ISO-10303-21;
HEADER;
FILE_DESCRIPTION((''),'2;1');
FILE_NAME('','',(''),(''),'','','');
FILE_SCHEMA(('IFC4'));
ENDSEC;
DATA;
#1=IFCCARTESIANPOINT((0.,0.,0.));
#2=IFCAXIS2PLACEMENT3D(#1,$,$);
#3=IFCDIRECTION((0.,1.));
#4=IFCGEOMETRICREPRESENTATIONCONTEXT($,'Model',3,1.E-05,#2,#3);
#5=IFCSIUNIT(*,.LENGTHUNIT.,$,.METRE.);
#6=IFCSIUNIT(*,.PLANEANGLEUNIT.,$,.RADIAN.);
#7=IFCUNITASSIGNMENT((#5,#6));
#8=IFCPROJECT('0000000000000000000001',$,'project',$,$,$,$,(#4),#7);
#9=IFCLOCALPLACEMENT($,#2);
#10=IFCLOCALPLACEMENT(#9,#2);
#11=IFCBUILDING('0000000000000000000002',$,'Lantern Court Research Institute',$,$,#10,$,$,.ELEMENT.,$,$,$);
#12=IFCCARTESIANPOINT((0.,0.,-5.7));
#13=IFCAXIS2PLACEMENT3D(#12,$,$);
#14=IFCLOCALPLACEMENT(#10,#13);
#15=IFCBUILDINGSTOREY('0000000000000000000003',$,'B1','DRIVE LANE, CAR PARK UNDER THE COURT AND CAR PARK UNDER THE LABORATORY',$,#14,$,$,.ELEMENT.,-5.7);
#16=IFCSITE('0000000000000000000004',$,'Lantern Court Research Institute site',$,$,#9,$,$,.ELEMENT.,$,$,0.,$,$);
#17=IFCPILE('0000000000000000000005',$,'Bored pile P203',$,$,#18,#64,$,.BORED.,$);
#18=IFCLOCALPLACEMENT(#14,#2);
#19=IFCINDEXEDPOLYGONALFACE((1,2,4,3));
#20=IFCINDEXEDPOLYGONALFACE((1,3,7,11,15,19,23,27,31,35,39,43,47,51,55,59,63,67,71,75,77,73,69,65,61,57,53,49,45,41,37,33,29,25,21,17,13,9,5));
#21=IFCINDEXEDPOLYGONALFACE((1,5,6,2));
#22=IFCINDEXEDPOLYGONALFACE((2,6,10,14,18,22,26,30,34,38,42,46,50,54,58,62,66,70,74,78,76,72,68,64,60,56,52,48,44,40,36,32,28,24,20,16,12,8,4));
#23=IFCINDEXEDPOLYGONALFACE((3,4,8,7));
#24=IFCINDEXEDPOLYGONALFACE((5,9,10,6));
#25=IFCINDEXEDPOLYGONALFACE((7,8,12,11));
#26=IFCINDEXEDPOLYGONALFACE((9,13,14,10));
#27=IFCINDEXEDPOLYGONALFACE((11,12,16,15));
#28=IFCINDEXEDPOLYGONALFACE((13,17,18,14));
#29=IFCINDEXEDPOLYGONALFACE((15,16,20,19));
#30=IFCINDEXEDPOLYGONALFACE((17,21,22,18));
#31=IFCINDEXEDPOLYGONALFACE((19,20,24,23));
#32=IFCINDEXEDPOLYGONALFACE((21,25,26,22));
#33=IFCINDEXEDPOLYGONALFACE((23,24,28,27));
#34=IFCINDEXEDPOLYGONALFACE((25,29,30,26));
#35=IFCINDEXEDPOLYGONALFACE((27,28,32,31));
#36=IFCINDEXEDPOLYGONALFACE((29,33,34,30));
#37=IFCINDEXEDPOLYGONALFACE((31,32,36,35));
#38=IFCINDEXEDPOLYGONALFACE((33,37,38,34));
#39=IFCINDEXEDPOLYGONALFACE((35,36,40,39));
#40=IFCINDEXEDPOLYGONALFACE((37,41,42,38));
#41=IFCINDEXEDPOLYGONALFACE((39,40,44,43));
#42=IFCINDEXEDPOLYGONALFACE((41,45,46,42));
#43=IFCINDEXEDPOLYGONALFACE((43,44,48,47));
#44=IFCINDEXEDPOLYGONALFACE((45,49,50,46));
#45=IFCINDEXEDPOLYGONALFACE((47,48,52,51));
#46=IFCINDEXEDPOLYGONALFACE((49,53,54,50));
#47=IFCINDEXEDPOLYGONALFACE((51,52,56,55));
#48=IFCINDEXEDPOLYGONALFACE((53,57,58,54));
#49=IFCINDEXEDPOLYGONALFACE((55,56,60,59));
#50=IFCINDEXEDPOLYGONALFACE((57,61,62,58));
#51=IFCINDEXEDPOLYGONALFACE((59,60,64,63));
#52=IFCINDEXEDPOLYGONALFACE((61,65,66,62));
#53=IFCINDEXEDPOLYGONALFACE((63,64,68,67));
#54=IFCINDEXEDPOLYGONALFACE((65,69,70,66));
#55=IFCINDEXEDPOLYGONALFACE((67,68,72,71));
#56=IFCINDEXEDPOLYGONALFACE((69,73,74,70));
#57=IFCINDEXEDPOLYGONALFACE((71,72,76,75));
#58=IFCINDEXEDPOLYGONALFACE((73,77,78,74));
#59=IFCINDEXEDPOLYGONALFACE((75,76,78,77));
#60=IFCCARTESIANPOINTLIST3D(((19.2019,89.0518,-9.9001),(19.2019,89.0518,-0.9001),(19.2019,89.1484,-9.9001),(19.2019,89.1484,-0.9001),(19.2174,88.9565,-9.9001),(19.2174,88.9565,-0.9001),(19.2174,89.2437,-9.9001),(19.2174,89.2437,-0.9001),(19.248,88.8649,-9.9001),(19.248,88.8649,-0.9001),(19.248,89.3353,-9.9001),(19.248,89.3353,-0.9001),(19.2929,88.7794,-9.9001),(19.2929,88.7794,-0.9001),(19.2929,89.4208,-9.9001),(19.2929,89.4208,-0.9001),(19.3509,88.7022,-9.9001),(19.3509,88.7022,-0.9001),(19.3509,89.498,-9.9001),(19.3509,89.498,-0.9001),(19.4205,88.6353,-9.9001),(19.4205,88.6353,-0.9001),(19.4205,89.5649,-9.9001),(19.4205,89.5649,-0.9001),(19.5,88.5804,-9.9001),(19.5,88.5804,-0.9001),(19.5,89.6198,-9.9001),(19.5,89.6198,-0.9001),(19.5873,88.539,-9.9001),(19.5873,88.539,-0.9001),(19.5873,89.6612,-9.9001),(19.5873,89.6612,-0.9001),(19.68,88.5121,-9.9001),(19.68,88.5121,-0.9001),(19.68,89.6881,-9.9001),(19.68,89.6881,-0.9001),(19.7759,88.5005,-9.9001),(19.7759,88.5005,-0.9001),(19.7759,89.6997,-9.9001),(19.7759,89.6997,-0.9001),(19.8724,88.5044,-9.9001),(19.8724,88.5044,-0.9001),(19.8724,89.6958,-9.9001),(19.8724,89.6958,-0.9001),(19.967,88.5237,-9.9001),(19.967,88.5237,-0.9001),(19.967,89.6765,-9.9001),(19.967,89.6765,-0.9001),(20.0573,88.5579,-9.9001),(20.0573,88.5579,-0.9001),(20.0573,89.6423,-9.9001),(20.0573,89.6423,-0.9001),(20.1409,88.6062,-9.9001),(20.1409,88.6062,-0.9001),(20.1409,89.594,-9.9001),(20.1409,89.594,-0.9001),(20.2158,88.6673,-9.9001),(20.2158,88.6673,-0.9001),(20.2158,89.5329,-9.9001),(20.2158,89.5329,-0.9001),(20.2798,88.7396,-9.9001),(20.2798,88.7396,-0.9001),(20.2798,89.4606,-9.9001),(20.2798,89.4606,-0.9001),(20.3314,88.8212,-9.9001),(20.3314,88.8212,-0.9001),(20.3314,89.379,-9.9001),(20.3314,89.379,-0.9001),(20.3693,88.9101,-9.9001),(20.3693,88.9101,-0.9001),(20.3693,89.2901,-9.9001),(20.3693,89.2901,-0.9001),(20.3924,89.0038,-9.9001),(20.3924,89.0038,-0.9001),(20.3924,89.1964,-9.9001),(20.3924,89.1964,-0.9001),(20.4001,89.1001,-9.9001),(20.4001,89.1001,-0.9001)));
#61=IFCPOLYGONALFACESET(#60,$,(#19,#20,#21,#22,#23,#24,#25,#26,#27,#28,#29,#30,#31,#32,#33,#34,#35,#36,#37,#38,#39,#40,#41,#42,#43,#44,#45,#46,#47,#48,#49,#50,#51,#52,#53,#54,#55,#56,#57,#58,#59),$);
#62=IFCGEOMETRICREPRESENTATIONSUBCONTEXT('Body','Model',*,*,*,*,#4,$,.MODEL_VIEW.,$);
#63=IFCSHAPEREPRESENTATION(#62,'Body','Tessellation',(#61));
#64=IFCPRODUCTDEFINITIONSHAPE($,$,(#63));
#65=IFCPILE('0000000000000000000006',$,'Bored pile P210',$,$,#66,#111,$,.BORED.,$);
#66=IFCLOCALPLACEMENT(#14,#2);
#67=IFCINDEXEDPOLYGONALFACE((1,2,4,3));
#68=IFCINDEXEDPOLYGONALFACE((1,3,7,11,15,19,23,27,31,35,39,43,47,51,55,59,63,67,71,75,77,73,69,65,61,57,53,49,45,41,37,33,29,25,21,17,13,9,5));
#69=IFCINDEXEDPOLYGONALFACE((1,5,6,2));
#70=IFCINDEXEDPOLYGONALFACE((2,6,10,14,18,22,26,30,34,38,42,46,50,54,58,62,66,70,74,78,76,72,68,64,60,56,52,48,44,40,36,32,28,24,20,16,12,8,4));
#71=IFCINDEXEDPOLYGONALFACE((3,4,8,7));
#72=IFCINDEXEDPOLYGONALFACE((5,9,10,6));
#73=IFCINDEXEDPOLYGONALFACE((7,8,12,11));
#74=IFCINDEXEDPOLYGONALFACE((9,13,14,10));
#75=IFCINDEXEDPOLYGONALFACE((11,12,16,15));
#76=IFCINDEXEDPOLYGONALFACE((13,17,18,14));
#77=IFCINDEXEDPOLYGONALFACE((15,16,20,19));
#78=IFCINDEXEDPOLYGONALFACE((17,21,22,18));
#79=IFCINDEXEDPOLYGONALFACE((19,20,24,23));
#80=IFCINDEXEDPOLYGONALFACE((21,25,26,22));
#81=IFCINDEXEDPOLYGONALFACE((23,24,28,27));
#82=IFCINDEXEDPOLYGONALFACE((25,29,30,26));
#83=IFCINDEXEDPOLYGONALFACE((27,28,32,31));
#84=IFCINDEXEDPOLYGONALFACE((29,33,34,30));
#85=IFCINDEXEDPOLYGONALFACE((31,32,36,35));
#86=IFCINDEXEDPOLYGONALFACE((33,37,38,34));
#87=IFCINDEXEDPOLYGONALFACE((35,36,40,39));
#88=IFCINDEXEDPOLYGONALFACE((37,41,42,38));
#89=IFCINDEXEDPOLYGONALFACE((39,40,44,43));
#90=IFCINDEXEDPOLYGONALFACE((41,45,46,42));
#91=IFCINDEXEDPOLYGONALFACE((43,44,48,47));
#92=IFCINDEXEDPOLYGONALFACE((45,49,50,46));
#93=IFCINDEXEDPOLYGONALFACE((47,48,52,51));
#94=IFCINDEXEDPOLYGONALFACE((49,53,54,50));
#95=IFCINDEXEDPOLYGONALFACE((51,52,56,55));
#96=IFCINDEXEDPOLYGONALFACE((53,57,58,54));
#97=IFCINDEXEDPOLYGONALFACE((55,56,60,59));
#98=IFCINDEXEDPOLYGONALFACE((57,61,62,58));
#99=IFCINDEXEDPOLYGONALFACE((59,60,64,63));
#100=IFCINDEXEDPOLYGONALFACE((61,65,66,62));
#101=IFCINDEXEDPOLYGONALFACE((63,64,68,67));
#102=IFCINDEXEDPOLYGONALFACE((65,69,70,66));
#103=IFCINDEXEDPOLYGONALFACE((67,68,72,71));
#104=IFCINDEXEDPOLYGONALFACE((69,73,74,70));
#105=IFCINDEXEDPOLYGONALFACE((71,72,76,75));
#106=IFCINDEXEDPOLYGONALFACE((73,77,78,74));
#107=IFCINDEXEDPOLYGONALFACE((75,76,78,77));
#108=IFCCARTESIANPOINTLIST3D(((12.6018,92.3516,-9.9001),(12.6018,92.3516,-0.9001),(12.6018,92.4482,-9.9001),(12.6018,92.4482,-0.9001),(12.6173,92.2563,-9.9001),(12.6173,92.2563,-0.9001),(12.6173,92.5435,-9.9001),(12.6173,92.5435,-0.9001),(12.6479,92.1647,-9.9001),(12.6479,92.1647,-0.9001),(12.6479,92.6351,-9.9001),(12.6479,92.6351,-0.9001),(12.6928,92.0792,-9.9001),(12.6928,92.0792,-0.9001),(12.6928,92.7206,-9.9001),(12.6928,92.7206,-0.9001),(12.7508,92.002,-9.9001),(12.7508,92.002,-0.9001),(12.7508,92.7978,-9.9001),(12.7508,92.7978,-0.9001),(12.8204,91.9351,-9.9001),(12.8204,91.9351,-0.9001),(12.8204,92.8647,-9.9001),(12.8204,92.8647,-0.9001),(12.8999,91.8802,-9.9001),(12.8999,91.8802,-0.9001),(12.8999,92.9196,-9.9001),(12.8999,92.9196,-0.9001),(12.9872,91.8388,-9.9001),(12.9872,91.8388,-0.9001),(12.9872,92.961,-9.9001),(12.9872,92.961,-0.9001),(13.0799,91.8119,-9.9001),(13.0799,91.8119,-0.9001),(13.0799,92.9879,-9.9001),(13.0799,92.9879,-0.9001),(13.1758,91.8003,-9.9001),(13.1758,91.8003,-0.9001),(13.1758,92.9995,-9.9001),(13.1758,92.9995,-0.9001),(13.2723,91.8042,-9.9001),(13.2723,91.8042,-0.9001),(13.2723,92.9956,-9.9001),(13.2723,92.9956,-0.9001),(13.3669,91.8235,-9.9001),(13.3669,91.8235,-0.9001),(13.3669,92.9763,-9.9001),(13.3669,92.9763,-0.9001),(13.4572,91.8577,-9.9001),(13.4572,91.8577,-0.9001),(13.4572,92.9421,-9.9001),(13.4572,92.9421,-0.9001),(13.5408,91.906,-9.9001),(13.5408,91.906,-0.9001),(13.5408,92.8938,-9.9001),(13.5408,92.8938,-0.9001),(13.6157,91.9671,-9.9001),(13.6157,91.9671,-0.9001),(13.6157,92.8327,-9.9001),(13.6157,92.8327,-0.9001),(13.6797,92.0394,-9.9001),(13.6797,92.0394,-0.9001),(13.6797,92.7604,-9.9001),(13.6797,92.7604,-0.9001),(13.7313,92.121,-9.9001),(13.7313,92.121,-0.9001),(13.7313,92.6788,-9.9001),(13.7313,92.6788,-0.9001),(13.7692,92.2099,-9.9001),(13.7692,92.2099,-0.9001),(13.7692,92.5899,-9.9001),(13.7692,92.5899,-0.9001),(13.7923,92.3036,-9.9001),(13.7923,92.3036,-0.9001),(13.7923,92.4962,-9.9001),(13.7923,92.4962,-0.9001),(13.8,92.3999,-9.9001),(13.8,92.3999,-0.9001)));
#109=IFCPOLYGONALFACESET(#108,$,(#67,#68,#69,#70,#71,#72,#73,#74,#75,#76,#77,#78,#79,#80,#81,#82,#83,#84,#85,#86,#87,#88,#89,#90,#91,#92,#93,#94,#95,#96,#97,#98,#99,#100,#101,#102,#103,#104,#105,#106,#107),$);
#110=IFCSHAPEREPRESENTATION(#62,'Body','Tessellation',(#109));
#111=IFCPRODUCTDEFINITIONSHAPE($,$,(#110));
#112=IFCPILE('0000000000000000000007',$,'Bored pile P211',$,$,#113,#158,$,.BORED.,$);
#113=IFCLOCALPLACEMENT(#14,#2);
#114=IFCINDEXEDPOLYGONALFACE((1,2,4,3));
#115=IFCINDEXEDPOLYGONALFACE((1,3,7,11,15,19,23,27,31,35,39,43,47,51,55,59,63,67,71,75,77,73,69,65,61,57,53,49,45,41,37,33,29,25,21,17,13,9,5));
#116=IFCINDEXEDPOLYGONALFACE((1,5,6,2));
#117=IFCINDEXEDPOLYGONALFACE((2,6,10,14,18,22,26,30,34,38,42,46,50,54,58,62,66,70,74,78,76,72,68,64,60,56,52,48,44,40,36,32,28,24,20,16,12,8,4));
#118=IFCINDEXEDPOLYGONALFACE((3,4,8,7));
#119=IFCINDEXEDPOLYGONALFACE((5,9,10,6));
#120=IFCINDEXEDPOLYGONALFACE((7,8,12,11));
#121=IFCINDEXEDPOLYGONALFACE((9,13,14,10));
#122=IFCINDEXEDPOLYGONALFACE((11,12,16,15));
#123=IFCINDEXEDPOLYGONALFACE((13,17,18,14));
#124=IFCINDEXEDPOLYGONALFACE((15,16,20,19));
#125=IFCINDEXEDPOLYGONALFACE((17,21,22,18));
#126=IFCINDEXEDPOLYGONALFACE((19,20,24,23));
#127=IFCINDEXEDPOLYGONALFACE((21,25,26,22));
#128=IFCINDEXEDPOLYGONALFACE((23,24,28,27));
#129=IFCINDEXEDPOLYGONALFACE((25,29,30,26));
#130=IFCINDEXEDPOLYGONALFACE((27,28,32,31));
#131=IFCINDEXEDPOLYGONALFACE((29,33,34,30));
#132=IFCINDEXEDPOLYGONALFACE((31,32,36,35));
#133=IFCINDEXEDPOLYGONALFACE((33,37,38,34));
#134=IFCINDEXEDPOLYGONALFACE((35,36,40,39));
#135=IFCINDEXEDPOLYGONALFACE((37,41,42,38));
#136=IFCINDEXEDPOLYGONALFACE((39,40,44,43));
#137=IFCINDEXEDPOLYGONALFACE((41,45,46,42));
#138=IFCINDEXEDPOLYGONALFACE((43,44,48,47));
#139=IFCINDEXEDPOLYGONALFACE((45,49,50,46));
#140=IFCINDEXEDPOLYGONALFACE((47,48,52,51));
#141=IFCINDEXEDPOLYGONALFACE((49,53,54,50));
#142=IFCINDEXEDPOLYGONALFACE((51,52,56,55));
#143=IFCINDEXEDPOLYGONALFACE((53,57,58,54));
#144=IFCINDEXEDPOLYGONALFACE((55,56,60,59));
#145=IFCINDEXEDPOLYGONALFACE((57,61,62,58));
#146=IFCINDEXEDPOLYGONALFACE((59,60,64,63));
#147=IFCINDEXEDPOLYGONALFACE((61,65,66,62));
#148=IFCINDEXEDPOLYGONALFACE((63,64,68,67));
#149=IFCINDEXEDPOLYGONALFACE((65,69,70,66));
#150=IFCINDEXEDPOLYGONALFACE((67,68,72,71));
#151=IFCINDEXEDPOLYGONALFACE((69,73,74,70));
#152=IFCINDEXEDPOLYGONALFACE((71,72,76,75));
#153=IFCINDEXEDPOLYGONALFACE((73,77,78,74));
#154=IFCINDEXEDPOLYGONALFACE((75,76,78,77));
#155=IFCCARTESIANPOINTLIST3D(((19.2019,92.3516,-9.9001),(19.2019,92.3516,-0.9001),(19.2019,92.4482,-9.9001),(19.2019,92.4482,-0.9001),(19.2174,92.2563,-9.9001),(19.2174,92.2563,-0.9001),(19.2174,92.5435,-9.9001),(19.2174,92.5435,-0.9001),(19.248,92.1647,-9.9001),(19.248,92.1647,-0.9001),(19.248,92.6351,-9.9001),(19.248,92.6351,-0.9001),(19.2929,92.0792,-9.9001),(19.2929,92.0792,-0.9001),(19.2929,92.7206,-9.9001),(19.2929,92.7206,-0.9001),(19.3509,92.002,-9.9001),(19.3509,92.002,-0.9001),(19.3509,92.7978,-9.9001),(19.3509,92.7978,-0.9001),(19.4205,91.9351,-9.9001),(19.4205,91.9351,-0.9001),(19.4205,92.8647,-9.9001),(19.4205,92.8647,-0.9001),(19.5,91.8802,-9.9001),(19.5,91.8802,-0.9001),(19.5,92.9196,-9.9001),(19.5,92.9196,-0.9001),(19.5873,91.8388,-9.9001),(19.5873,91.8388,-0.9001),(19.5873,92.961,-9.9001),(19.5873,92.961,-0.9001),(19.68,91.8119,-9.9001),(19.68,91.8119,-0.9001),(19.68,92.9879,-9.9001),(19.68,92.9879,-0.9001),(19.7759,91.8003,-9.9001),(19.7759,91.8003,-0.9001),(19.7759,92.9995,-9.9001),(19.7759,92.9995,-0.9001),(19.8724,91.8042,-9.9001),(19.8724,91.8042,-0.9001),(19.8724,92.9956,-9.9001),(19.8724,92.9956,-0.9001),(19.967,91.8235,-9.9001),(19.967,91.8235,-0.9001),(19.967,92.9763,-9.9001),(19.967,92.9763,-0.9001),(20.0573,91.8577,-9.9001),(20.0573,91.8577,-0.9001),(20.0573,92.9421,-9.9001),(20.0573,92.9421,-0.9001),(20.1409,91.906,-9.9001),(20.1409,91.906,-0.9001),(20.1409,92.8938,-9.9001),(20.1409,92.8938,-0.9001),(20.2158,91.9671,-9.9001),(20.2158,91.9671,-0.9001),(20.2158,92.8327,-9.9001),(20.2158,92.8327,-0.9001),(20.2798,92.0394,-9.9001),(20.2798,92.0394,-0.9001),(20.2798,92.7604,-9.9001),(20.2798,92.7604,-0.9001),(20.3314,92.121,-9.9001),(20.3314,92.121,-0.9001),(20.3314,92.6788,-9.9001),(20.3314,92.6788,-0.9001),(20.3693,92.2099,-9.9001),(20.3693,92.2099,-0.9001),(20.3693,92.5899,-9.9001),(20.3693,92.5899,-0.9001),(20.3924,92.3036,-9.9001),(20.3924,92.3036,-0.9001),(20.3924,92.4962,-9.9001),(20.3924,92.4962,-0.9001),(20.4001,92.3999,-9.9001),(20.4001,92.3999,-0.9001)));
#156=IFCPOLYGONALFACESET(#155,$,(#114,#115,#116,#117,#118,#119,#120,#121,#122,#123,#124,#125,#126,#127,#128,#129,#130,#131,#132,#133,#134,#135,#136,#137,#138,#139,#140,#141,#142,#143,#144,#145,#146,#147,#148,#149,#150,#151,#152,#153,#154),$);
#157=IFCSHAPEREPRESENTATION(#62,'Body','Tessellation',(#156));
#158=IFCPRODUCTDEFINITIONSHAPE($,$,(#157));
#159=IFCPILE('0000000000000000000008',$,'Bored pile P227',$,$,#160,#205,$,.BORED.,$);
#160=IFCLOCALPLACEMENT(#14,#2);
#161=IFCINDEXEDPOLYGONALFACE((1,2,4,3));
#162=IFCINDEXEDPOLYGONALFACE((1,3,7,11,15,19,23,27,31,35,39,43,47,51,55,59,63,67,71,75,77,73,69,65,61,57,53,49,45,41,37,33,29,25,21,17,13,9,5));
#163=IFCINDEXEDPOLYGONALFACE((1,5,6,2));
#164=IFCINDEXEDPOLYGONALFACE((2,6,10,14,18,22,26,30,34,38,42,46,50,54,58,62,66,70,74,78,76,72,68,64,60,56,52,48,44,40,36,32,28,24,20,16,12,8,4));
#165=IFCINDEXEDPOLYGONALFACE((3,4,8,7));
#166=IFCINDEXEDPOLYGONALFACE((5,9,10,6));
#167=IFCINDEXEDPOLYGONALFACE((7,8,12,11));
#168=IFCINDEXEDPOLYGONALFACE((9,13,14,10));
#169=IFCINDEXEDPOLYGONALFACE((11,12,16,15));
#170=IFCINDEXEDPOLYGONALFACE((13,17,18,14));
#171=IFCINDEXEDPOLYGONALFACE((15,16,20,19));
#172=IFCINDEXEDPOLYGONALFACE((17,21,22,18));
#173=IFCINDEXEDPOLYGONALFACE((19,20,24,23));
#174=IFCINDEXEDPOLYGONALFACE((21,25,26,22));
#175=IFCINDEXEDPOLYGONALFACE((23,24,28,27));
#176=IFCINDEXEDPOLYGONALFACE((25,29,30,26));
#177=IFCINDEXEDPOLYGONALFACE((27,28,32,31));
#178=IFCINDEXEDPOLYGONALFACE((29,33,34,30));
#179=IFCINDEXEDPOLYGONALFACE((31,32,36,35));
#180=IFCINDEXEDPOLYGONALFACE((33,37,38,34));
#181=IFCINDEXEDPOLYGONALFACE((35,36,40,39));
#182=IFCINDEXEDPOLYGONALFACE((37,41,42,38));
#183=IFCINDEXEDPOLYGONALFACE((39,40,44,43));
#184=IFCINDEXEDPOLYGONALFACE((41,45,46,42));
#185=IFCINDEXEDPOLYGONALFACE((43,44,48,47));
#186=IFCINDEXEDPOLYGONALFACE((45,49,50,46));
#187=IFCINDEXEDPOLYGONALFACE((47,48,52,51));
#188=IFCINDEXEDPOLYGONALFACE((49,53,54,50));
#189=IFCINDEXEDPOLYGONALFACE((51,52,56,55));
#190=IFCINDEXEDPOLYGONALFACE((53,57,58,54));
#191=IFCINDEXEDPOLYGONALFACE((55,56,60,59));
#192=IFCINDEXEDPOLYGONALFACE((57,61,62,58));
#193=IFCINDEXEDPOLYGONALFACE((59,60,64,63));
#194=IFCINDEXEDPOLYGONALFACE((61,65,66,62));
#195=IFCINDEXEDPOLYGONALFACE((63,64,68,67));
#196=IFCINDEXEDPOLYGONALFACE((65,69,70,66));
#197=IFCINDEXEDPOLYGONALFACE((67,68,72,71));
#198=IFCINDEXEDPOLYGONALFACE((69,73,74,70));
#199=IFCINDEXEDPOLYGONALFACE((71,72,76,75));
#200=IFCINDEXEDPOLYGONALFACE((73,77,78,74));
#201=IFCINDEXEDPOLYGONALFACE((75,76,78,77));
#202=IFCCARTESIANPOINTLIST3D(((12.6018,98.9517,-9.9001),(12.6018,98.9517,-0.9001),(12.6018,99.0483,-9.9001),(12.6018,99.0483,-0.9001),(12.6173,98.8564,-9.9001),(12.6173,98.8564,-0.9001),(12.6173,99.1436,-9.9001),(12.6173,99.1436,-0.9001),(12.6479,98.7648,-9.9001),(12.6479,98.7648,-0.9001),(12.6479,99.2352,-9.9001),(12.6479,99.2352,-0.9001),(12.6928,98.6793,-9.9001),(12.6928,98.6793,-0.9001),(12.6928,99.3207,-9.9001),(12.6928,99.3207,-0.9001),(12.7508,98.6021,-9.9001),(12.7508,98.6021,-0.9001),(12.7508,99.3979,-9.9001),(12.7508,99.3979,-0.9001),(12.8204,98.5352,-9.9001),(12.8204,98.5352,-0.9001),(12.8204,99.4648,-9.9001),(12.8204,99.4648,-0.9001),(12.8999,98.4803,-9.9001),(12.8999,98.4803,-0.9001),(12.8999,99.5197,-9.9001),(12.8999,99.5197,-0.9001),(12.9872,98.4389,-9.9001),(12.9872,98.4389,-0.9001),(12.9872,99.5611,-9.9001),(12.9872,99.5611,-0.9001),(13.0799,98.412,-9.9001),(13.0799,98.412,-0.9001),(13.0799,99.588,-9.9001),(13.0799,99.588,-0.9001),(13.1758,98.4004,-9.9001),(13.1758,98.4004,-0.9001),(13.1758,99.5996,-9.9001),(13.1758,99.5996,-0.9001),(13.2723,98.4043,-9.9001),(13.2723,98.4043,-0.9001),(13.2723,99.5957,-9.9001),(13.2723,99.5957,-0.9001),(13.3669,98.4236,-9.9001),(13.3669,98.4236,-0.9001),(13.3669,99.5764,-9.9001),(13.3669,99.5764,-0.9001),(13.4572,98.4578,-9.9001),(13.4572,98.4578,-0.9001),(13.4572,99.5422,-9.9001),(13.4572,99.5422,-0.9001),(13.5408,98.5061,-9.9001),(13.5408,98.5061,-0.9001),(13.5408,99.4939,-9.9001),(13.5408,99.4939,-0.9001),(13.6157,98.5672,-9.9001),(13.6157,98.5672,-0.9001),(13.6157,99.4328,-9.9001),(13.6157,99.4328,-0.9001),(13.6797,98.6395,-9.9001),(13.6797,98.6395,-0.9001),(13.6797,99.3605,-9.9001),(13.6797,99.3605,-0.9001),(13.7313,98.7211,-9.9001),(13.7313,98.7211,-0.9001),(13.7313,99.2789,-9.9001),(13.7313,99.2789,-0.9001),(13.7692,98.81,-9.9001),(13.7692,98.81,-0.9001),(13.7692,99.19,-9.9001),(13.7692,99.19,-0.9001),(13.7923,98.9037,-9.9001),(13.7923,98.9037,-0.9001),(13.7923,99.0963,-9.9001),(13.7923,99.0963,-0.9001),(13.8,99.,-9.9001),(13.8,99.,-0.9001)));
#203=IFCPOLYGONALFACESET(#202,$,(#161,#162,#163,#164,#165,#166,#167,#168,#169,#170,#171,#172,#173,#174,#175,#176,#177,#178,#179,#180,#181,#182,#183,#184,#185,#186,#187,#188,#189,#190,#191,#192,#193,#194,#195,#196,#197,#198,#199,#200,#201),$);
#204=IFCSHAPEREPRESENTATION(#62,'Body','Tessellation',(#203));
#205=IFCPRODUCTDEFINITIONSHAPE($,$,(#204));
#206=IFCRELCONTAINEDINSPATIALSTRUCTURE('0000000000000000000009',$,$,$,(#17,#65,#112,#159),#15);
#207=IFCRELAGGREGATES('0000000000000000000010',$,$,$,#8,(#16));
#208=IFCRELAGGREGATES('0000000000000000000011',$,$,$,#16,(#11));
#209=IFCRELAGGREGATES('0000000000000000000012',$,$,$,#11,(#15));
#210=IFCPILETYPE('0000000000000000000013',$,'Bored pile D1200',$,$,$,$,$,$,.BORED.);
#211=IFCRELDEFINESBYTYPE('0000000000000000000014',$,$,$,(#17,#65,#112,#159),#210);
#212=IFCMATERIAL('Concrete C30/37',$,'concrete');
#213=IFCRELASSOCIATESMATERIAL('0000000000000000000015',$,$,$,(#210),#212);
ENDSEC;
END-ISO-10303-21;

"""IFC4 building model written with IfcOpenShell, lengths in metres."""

from ifc_helpers import new_model, si_unit, direction, frame, origin, origin_2d, place, context, subcontext, project, spatial, circle, extrude, material, material_profile, profile_set, type_object, element, save


model = new_model("IFC4")

# Units and contexts
model_context = context("Model", 3, precision=1e-05, world=origin(), true_north=direction((0.0, 1.0)))
body_context = subcontext(model_context, "Body", "Model", "MODEL_VIEW")
ifc_project = project(units=[si_unit("LENGTHUNIT", "METRE"), si_unit("PLANEANGLEUNIT", "RADIAN")], contexts=[model_context])

# Site, building, storey
site_placement = place(None, origin())
site = spatial("IfcSite", under=ifc_project, at=site_placement, Name="Lantern Court Research Institute site", CompositionType="ELEMENT", RefElevation=0.0)
building_placement = place(site_placement, origin())
building = spatial("IfcBuilding", under=site, at=building_placement, Name="Lantern Court Research Institute", CompositionType="ELEMENT")
storey_placement = place(building_placement, frame((0.0, 0.0, -5.7)))
storey = spatial("IfcBuildingStorey", under=building, at=storey_placement, Name="B1", Description="DRIVE LANE, CAR PARK UNDER THE COURT AND CAR PARK UNDER THE LABORATORY", CompositionType="ELEMENT", Elevation=-5.7)

# Piles
ifc_material_1 = material(Name="Concrete C30/37", Category="concrete")
ifc_material_profile_1 = material_profile(ifc_material_1, circle(Radius=0.6001, at=origin_2d()), Name="Bored pile D1200")
ifc_profile_set_1 = profile_set([ifc_material_profile_1], Name="Concrete C30/37")
pile_type_1 = type_object("IfcPileType", Name="Bored pile D1200", PredefinedType="BORED", material=ifc_profile_set_1)
for number, where, z_axis, x_axis, name in (
    (1, (19.8, 89.1001, -0.9001), (0.0, 0.0, -1.0), (1.0, 0.0, 0.0), "Bored pile P203"),
    (2, (13.2, 92.3999, -0.9001), (0.0, 0.0, -1.0), (1.0, 0.0, 0.0), "Bored pile P210"),
    (3, (19.8, 92.3999, -0.9001), (0.0, 0.0, -1.0), (1.0, 0.0, 0.0), "Bored pile P211"),
    (4, (13.2, 99.0, -0.9001), (0.0, 0.0, -1.0), (1.0, 0.0, 0.0), "Bored pile P227"),
):
    element("IfcPile", number, at=place(storey_placement, frame(where, z_axis=z_axis, x_axis=x_axis)), inside=storey, type_object=pile_type_1, Name=name, PredefinedType="BORED", context=body_context, shape_type="SweptSolid", body=[
        extrude(circle(Radius=0.6001, at=origin_2d()), origin(), (0.0, 0.0, 1.0), 9.0),
    ])

save(model, "model.ifc")
